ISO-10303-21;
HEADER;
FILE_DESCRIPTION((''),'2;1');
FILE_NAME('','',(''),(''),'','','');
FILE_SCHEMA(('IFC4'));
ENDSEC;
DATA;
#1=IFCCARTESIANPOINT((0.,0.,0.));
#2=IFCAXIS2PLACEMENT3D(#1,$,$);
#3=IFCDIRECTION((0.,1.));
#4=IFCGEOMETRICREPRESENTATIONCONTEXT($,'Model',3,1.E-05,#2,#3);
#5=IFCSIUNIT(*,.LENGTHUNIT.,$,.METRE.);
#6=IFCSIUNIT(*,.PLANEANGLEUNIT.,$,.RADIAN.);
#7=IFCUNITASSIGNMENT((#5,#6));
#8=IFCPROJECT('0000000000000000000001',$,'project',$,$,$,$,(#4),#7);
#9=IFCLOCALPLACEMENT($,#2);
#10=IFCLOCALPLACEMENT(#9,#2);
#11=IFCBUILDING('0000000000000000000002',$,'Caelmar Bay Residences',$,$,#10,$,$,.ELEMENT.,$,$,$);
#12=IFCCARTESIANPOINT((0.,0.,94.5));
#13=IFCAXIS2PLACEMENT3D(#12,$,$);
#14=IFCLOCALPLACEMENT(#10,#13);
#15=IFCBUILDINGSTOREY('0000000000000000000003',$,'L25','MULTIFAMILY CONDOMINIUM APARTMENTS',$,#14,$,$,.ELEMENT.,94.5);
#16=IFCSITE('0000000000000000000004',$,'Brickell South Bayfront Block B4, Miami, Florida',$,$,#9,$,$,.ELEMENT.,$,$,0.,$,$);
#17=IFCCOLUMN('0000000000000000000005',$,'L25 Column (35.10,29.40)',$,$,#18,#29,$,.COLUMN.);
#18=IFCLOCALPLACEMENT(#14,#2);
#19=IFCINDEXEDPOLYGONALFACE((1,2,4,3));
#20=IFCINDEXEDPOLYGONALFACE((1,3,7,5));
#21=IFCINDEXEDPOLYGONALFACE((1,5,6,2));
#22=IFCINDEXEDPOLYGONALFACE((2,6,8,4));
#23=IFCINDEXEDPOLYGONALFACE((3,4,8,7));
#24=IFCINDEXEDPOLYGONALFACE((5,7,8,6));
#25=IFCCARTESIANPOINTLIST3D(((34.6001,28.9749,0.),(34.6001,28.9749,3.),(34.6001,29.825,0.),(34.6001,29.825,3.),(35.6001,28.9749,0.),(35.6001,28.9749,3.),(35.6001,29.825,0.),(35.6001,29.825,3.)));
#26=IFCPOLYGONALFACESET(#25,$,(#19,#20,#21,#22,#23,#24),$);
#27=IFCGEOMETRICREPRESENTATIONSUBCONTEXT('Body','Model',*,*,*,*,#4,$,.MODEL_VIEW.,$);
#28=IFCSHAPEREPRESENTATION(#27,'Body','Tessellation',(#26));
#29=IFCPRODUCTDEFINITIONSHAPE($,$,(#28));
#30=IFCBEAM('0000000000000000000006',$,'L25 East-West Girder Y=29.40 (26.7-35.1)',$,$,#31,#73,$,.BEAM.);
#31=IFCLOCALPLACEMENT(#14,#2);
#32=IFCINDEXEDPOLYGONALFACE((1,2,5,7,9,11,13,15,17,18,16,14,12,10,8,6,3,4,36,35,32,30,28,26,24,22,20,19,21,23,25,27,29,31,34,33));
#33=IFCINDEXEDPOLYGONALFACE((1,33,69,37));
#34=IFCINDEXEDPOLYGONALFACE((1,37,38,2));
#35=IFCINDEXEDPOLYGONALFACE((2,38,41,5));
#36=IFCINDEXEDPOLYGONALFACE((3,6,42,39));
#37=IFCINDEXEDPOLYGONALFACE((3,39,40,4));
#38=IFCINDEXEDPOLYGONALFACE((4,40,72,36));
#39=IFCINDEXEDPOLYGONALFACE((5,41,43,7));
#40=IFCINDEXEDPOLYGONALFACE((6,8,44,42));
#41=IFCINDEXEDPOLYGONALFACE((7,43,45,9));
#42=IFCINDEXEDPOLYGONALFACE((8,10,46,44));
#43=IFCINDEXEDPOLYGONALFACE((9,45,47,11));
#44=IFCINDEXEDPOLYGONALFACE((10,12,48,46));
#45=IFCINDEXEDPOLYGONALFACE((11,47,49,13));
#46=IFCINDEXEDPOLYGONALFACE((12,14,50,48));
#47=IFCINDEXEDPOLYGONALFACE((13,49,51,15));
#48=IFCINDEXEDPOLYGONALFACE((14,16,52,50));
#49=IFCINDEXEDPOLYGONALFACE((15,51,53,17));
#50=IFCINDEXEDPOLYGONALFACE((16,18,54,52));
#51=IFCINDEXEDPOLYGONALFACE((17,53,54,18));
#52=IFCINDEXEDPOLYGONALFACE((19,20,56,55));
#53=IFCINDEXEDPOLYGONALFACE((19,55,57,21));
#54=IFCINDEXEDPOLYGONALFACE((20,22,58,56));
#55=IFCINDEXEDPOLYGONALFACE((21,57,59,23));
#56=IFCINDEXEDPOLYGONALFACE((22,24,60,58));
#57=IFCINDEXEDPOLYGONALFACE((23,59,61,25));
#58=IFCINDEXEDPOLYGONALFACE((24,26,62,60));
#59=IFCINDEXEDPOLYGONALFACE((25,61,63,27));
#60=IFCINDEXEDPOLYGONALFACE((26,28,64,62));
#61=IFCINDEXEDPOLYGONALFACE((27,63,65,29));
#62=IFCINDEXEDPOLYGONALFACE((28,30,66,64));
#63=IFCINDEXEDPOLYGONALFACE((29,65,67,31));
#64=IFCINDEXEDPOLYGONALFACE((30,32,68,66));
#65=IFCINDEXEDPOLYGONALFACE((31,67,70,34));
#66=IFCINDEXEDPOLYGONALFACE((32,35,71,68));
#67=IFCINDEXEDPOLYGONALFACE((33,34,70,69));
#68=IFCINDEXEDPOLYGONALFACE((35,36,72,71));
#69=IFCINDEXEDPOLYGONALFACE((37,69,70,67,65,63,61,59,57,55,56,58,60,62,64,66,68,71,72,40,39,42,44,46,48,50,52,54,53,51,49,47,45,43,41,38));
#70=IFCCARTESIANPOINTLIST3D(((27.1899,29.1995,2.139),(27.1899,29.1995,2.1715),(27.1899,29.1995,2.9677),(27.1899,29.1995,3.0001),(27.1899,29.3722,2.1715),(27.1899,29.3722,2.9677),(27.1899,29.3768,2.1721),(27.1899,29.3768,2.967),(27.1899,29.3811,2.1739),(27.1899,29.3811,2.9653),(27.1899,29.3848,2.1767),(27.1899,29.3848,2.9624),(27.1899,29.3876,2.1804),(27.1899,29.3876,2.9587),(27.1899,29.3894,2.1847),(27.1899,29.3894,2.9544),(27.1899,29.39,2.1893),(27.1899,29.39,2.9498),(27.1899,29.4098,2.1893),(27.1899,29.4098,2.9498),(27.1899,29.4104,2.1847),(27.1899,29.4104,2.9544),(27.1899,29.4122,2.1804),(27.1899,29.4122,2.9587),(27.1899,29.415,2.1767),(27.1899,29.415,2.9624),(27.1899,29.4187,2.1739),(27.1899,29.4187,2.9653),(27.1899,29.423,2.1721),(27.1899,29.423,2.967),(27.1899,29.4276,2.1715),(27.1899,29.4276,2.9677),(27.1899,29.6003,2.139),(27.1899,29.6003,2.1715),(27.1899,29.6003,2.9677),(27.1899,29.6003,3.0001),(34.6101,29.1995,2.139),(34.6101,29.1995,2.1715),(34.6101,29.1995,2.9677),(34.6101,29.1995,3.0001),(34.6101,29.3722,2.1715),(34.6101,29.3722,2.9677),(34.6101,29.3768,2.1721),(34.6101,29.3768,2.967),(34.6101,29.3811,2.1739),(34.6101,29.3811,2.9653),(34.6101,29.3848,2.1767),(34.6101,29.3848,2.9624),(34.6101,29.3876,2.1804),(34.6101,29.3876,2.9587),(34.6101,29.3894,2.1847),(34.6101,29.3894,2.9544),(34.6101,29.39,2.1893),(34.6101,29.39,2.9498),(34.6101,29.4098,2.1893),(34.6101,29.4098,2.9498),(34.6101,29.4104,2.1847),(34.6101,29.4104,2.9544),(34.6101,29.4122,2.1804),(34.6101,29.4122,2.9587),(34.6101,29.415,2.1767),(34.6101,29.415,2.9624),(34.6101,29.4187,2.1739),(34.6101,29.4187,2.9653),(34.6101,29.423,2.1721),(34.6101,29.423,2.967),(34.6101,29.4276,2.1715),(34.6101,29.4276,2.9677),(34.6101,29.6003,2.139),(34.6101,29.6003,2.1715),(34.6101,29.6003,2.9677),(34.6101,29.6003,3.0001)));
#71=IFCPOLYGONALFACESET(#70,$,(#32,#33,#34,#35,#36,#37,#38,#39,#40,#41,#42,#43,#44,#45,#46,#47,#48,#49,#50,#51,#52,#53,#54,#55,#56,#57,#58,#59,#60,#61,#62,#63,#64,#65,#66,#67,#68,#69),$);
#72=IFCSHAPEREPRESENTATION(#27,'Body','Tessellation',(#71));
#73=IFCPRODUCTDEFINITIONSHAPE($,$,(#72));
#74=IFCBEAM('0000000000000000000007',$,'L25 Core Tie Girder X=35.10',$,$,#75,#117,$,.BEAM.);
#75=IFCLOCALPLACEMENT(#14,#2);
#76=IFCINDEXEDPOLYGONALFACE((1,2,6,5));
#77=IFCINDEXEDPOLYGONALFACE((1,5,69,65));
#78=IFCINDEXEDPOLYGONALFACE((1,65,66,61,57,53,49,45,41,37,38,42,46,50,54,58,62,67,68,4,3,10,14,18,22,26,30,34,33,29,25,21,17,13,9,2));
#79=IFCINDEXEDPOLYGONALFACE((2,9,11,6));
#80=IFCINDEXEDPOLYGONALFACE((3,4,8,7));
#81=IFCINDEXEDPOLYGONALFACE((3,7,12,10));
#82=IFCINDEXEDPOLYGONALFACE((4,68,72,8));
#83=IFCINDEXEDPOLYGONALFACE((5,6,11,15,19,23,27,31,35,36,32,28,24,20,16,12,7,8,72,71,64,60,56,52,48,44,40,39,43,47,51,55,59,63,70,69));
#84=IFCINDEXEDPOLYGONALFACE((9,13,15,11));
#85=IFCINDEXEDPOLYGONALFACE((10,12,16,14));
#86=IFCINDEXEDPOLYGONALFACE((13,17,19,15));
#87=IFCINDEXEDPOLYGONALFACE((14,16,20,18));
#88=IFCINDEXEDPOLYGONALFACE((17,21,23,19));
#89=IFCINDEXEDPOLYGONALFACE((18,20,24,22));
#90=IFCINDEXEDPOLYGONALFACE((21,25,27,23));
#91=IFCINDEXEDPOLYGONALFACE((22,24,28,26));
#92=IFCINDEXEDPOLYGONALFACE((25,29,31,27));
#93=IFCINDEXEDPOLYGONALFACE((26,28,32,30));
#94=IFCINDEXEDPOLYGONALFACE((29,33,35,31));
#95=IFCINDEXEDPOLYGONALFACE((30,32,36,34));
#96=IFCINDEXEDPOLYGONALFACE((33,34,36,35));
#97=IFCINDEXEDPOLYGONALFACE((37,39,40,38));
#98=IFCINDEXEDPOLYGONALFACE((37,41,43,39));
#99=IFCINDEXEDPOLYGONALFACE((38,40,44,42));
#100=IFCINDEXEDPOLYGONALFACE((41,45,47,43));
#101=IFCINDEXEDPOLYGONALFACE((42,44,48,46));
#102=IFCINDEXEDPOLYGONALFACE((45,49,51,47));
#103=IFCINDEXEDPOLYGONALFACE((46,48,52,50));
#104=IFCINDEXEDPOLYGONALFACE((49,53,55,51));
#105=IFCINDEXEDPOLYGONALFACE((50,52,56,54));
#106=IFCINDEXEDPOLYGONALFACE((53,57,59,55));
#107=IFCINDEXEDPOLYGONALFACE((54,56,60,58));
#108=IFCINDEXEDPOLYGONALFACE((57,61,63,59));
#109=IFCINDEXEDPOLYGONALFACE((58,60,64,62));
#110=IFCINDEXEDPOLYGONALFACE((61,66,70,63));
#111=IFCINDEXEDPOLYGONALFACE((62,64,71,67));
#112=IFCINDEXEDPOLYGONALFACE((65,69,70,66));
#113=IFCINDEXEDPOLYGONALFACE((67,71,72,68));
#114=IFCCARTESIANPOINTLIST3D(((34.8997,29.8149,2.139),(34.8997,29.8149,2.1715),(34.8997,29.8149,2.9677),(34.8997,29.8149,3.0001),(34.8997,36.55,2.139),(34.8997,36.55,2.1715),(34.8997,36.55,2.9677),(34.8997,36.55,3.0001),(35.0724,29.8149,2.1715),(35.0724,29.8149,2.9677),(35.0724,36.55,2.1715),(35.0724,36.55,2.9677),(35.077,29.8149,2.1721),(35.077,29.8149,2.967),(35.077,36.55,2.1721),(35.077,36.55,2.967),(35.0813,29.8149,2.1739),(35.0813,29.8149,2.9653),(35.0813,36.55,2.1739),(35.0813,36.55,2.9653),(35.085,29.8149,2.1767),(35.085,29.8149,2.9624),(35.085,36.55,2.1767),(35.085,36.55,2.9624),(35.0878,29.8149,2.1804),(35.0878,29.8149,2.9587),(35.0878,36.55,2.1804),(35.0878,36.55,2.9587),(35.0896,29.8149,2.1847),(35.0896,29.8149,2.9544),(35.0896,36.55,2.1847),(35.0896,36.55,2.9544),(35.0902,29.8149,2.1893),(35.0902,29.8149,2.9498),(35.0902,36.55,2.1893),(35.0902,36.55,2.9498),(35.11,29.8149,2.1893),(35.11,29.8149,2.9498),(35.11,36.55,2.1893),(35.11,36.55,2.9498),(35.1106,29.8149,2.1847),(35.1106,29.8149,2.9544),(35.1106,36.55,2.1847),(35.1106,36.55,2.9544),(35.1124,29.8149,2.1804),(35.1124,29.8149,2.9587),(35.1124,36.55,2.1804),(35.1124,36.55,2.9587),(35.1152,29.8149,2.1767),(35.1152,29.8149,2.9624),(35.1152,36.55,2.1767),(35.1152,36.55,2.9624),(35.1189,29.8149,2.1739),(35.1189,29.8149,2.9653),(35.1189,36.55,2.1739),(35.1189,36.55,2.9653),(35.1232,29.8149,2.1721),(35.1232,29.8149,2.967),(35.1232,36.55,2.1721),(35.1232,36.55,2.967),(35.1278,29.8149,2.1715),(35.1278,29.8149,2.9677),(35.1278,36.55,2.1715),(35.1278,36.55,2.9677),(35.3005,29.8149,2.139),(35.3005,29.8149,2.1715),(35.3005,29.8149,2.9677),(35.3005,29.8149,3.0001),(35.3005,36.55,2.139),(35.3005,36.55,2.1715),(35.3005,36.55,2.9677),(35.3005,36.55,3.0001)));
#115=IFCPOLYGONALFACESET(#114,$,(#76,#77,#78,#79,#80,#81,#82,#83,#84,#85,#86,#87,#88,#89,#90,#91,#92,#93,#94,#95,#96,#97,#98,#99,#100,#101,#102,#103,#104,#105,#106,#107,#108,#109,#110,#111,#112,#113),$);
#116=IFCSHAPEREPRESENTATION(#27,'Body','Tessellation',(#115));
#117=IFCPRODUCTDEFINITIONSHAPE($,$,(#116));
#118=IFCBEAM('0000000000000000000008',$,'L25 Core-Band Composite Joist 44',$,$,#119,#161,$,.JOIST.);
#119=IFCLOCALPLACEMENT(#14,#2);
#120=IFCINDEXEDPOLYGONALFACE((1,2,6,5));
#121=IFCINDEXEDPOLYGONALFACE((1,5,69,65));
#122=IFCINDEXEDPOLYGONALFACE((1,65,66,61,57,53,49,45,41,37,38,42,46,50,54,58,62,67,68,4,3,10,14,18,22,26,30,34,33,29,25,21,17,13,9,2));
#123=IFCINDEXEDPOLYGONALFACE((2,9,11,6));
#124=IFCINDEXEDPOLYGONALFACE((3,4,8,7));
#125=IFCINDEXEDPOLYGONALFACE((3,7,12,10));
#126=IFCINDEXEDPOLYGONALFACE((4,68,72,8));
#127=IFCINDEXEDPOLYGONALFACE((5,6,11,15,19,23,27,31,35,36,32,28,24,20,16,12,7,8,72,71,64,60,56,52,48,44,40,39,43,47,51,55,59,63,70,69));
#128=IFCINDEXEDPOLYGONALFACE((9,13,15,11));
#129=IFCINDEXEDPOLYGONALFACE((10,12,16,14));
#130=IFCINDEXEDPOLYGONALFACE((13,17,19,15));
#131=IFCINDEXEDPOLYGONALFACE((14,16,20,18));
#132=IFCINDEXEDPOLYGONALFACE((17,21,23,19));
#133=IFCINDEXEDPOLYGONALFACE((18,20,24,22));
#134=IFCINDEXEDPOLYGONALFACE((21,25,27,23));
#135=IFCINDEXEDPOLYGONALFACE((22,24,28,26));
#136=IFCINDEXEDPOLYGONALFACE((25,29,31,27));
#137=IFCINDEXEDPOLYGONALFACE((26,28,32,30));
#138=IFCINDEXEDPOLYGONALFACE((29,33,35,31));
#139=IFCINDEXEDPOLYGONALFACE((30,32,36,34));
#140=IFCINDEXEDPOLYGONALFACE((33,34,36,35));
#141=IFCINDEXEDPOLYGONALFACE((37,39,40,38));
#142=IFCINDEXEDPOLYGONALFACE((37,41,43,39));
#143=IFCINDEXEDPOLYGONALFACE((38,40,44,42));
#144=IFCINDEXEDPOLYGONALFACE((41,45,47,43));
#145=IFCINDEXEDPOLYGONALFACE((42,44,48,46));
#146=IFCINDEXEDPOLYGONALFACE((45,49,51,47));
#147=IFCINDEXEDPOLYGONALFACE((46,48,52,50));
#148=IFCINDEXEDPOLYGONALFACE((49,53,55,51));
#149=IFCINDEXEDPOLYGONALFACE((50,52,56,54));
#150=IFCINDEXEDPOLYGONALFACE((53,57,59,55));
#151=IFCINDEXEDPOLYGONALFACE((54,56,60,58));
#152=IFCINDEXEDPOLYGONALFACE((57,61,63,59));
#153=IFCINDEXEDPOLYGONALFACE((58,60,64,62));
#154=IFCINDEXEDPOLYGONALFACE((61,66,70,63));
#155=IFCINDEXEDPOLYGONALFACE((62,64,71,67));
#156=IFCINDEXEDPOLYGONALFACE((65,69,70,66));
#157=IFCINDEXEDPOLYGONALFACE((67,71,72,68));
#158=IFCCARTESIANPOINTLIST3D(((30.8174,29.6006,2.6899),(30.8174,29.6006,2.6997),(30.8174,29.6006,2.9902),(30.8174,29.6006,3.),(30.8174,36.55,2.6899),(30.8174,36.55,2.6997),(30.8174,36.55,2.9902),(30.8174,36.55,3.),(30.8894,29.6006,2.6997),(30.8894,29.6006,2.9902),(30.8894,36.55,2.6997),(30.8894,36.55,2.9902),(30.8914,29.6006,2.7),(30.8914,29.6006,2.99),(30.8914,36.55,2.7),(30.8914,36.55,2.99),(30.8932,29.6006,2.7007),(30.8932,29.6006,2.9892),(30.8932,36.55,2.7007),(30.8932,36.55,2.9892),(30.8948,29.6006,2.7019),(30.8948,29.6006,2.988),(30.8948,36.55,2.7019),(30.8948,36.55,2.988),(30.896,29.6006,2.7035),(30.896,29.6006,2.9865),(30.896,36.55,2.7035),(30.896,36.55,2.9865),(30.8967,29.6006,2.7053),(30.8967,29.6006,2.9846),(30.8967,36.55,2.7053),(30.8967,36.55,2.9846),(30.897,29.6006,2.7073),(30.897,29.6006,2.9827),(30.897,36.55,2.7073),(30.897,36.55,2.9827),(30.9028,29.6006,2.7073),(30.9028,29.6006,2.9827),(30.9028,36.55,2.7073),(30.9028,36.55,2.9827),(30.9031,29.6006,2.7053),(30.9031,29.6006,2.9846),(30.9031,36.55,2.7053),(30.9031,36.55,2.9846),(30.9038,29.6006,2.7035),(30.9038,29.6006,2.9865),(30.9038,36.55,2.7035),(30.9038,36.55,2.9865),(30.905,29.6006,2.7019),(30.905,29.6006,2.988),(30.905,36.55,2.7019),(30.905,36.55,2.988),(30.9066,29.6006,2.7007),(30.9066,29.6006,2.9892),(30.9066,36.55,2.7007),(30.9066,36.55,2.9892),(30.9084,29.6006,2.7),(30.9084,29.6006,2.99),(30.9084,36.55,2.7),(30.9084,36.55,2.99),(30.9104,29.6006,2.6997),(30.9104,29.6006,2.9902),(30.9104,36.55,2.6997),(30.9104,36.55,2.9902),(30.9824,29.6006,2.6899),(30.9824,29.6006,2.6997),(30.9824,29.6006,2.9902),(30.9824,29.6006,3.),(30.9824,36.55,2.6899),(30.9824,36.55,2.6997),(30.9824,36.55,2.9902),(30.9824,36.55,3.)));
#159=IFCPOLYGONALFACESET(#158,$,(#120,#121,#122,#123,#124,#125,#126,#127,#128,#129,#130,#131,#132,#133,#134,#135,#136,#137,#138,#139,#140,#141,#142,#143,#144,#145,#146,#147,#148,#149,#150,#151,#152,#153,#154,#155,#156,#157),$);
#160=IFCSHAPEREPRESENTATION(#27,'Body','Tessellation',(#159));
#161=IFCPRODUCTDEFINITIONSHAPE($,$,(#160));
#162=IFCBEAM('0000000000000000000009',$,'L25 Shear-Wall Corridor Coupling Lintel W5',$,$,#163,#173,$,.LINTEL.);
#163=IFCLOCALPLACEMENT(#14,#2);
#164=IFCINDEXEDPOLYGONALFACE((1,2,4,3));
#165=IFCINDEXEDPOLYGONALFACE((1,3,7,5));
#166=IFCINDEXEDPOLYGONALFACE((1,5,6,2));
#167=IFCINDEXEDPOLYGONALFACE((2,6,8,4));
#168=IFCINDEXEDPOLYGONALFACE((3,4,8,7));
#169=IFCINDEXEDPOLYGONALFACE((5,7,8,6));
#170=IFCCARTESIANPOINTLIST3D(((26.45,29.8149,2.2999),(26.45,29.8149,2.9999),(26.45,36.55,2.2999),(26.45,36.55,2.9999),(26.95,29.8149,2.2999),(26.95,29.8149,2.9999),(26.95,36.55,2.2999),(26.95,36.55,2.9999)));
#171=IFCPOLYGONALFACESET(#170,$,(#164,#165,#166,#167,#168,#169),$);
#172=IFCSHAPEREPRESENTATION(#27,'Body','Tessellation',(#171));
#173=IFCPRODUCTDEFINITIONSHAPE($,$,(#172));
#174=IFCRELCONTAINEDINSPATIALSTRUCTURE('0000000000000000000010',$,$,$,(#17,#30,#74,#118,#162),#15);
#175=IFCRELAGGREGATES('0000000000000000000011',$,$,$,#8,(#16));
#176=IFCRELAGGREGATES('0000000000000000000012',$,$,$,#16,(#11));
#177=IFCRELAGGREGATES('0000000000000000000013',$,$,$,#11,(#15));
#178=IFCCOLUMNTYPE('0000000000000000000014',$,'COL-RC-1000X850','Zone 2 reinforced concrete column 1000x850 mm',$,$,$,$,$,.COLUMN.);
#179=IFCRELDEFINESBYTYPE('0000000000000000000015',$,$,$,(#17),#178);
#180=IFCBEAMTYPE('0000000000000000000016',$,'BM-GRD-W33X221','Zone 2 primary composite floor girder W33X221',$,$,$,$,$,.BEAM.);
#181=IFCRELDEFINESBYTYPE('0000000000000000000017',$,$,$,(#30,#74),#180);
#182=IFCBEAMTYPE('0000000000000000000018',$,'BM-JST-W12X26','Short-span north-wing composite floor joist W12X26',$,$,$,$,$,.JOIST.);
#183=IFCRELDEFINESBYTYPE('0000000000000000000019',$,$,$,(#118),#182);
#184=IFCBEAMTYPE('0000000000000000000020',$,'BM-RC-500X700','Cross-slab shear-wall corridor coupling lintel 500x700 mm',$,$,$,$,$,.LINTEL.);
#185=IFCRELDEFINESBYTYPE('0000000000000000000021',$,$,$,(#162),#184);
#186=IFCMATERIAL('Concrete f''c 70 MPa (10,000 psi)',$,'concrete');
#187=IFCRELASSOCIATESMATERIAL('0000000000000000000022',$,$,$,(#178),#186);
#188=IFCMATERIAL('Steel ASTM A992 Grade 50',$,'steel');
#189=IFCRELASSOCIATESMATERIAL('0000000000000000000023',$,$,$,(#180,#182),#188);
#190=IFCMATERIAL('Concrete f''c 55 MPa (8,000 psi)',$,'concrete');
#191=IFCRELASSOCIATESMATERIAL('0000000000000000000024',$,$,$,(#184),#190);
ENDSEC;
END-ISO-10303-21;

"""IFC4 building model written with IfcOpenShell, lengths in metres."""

from ifc_helpers import new_model, si_unit, direction, frame, origin, origin_2d, place, context, subcontext, project, spatial, rectangle, i_section, extrude, material, material_profile, profile_set, type_object, element, save


model = new_model("IFC4")

# Units and contexts
model_context = context("Model", 3, precision=1e-05, world=origin(), true_north=direction((0.0, 1.0)))
body_context = subcontext(model_context, "Body", "Model", "MODEL_VIEW")
ifc_project = project(units=[si_unit("LENGTHUNIT", "METRE"), si_unit("PLANEANGLEUNIT", "RADIAN")], contexts=[model_context])

# Site, building, storey
site_placement = place(None, origin())
site = spatial("IfcSite", under=ifc_project, at=site_placement, Name="Brickell South Bayfront Block B4, Miami, Florida", CompositionType="ELEMENT", RefElevation=0.0)
building_placement = place(site_placement, origin())
building = spatial("IfcBuilding", under=site, at=building_placement, Name="Caelmar Bay Residences", CompositionType="ELEMENT")
storey_placement = place(building_placement, frame((0.0, 0.0, 94.5)))
storey = spatial("IfcBuildingStorey", under=building, at=storey_placement, Name="L25", Description="MULTIFAMILY CONDOMINIUM APARTMENTS", CompositionType="ELEMENT", Elevation=94.5)

# Column
ifc_material_1 = material(Name="Concrete f'c 70 MPa (10,000 psi)", Category="concrete")
ifc_material_profile_1 = material_profile(ifc_material_1, rectangle(XDim=1.0, YDim=0.8501, at=origin_2d()), Name="RC-COL-1000X850")
ifc_profile_set_1 = profile_set([ifc_material_profile_1], Name="Concrete f'c 70 MPa (10,000 psi)")
column_type = type_object("IfcColumnType", Name="COL-RC-1000X850", Description="Zone 2 reinforced concrete column 1000x850 mm", PredefinedType="COLUMN", material=ifc_profile_set_1)
column_placement = place(storey_placement, frame((35.1001, 29.3999, 0.0), z_axis=(0.0, 0.0, 1.0), x_axis=(1.0, 0.0, 0.0)))
element("IfcColumn", 1, at=column_placement, inside=storey, type_object=column_type, Name="L25 Column (35.10,29.40)", PredefinedType="COLUMN", context=body_context, shape_type="SweptSolid", body=[
    extrude(rectangle(XDim=1.0, YDim=0.8501, at=origin_2d()), origin(), (0.0, 0.0, 1.0), 3.0),
])

# Beams
ifc_material_2 = material(Name="Steel ASTM A992 Grade 50", Category="steel")
ifc_material_profile_2 = material_profile(ifc_material_2, i_section(OverallWidth=0.4009, OverallDepth=0.8611, WebThickness=0.0198, FlangeThickness=0.0325, FilletRadius=0.0178, at=origin_2d()), Name="W33X221")
ifc_profile_set_2 = profile_set([ifc_material_profile_2], Name="Steel ASTM A992 Grade 50")
beam_type_1 = type_object("IfcBeamType", Name="BM-GRD-W33X221", Description="Zone 2 primary composite floor girder W33X221", PredefinedType="BEAM", material=ifc_profile_set_2)
beam_1_placement = place(storey_placement, frame((27.1899, 29.3999, 2.5696), z_axis=(1.0, 0.0, 0.0), x_axis=(0.0, 1.0, 0.0)))
element("IfcBeam", 2, at=beam_1_placement, inside=storey, type_object=beam_type_1, Name="L25 East-West Girder Y=29.40 (26.7-35.1)", PredefinedType="BEAM", context=body_context, shape_type="SweptSolid", body=[
    extrude(i_section(OverallWidth=0.4009, OverallDepth=0.8611, WebThickness=0.0198, FlangeThickness=0.0325, FilletRadius=0.0178, at=origin_2d()), origin(), (0.0, 0.0, 1.0), 7.4202),
])
beam_2_placement = place(storey_placement, frame((35.1001, 29.8149, 2.5696), z_axis=(0.0, 1.0, 0.0), x_axis=(-1.0, 0.0, 0.0)))
element("IfcBeam", 3, at=beam_2_placement, inside=storey, type_object=beam_type_1, Name="L25 Core Tie Girder X=35.10", PredefinedType="BEAM", context=body_context, shape_type="SweptSolid", body=[
    extrude(i_section(OverallWidth=0.4009, OverallDepth=0.8611, WebThickness=0.0198, FlangeThickness=0.0325, FilletRadius=0.0178, at=origin_2d()), origin(), (0.0, 0.0, 1.0), 6.7351),
])
ifc_material_profile_3 = material_profile(ifc_material_2, i_section(OverallWidth=0.165, OverallDepth=0.3101, WebThickness=0.0059, FlangeThickness=0.0098, FilletRadius=0.0076, at=origin_2d()), Name="W12X26")
ifc_profile_set_3 = profile_set([ifc_material_profile_3], Name="Steel ASTM A992 Grade 50")
beam_type_2 = type_object("IfcBeamType", Name="BM-JST-W12X26", Description="Short-span north-wing composite floor joist W12X26", PredefinedType="JOIST", material=ifc_profile_set_3)
beam_3_placement = place(storey_placement, frame((30.8999, 29.6006, 2.845), z_axis=(0.0, 1.0, 0.0), x_axis=(-1.0, 0.0, 0.0)))
element("IfcBeam", 4, at=beam_3_placement, inside=storey, type_object=beam_type_2, Name="L25 Core-Band Composite Joist 44", PredefinedType="JOIST", context=body_context, shape_type="SweptSolid", body=[
    extrude(i_section(OverallWidth=0.165, OverallDepth=0.3101, WebThickness=0.0059, FlangeThickness=0.0098, FilletRadius=0.0076, at=origin_2d()), origin(), (0.0, 0.0, 1.0), 6.9495),
])
ifc_material_3 = material(Name="Concrete f'c 55 MPa (8,000 psi)", Category="concrete")
ifc_material_profile_4 = material_profile(ifc_material_3, rectangle(XDim=0.5, YDim=0.7, at=origin_2d()), Name="RC-BM-500X700")
ifc_profile_set_4 = profile_set([ifc_material_profile_4], Name="Concrete f'c 55 MPa (8,000 psi)")
beam_type_3 = type_object("IfcBeamType", Name="BM-RC-500X700", Description="Cross-slab shear-wall corridor coupling lintel 500x700 mm", PredefinedType="LINTEL", material=ifc_profile_set_4)
beam_4_placement = place(storey_placement, frame((26.7, 29.8149, 2.6499), z_axis=(0.0, 1.0, 0.0), x_axis=(-1.0, 0.0, 0.0)))
element("IfcBeam", 5, at=beam_4_placement, inside=storey, type_object=beam_type_3, Name="L25 Shear-Wall Corridor Coupling Lintel W5", PredefinedType="LINTEL", context=body_context, shape_type="SweptSolid", body=[
    extrude(rectangle(XDim=0.5, YDim=0.7, at=origin_2d()), origin(), (0.0, 0.0, 1.0), 6.7351),
])

save(model, "model.ifc")
